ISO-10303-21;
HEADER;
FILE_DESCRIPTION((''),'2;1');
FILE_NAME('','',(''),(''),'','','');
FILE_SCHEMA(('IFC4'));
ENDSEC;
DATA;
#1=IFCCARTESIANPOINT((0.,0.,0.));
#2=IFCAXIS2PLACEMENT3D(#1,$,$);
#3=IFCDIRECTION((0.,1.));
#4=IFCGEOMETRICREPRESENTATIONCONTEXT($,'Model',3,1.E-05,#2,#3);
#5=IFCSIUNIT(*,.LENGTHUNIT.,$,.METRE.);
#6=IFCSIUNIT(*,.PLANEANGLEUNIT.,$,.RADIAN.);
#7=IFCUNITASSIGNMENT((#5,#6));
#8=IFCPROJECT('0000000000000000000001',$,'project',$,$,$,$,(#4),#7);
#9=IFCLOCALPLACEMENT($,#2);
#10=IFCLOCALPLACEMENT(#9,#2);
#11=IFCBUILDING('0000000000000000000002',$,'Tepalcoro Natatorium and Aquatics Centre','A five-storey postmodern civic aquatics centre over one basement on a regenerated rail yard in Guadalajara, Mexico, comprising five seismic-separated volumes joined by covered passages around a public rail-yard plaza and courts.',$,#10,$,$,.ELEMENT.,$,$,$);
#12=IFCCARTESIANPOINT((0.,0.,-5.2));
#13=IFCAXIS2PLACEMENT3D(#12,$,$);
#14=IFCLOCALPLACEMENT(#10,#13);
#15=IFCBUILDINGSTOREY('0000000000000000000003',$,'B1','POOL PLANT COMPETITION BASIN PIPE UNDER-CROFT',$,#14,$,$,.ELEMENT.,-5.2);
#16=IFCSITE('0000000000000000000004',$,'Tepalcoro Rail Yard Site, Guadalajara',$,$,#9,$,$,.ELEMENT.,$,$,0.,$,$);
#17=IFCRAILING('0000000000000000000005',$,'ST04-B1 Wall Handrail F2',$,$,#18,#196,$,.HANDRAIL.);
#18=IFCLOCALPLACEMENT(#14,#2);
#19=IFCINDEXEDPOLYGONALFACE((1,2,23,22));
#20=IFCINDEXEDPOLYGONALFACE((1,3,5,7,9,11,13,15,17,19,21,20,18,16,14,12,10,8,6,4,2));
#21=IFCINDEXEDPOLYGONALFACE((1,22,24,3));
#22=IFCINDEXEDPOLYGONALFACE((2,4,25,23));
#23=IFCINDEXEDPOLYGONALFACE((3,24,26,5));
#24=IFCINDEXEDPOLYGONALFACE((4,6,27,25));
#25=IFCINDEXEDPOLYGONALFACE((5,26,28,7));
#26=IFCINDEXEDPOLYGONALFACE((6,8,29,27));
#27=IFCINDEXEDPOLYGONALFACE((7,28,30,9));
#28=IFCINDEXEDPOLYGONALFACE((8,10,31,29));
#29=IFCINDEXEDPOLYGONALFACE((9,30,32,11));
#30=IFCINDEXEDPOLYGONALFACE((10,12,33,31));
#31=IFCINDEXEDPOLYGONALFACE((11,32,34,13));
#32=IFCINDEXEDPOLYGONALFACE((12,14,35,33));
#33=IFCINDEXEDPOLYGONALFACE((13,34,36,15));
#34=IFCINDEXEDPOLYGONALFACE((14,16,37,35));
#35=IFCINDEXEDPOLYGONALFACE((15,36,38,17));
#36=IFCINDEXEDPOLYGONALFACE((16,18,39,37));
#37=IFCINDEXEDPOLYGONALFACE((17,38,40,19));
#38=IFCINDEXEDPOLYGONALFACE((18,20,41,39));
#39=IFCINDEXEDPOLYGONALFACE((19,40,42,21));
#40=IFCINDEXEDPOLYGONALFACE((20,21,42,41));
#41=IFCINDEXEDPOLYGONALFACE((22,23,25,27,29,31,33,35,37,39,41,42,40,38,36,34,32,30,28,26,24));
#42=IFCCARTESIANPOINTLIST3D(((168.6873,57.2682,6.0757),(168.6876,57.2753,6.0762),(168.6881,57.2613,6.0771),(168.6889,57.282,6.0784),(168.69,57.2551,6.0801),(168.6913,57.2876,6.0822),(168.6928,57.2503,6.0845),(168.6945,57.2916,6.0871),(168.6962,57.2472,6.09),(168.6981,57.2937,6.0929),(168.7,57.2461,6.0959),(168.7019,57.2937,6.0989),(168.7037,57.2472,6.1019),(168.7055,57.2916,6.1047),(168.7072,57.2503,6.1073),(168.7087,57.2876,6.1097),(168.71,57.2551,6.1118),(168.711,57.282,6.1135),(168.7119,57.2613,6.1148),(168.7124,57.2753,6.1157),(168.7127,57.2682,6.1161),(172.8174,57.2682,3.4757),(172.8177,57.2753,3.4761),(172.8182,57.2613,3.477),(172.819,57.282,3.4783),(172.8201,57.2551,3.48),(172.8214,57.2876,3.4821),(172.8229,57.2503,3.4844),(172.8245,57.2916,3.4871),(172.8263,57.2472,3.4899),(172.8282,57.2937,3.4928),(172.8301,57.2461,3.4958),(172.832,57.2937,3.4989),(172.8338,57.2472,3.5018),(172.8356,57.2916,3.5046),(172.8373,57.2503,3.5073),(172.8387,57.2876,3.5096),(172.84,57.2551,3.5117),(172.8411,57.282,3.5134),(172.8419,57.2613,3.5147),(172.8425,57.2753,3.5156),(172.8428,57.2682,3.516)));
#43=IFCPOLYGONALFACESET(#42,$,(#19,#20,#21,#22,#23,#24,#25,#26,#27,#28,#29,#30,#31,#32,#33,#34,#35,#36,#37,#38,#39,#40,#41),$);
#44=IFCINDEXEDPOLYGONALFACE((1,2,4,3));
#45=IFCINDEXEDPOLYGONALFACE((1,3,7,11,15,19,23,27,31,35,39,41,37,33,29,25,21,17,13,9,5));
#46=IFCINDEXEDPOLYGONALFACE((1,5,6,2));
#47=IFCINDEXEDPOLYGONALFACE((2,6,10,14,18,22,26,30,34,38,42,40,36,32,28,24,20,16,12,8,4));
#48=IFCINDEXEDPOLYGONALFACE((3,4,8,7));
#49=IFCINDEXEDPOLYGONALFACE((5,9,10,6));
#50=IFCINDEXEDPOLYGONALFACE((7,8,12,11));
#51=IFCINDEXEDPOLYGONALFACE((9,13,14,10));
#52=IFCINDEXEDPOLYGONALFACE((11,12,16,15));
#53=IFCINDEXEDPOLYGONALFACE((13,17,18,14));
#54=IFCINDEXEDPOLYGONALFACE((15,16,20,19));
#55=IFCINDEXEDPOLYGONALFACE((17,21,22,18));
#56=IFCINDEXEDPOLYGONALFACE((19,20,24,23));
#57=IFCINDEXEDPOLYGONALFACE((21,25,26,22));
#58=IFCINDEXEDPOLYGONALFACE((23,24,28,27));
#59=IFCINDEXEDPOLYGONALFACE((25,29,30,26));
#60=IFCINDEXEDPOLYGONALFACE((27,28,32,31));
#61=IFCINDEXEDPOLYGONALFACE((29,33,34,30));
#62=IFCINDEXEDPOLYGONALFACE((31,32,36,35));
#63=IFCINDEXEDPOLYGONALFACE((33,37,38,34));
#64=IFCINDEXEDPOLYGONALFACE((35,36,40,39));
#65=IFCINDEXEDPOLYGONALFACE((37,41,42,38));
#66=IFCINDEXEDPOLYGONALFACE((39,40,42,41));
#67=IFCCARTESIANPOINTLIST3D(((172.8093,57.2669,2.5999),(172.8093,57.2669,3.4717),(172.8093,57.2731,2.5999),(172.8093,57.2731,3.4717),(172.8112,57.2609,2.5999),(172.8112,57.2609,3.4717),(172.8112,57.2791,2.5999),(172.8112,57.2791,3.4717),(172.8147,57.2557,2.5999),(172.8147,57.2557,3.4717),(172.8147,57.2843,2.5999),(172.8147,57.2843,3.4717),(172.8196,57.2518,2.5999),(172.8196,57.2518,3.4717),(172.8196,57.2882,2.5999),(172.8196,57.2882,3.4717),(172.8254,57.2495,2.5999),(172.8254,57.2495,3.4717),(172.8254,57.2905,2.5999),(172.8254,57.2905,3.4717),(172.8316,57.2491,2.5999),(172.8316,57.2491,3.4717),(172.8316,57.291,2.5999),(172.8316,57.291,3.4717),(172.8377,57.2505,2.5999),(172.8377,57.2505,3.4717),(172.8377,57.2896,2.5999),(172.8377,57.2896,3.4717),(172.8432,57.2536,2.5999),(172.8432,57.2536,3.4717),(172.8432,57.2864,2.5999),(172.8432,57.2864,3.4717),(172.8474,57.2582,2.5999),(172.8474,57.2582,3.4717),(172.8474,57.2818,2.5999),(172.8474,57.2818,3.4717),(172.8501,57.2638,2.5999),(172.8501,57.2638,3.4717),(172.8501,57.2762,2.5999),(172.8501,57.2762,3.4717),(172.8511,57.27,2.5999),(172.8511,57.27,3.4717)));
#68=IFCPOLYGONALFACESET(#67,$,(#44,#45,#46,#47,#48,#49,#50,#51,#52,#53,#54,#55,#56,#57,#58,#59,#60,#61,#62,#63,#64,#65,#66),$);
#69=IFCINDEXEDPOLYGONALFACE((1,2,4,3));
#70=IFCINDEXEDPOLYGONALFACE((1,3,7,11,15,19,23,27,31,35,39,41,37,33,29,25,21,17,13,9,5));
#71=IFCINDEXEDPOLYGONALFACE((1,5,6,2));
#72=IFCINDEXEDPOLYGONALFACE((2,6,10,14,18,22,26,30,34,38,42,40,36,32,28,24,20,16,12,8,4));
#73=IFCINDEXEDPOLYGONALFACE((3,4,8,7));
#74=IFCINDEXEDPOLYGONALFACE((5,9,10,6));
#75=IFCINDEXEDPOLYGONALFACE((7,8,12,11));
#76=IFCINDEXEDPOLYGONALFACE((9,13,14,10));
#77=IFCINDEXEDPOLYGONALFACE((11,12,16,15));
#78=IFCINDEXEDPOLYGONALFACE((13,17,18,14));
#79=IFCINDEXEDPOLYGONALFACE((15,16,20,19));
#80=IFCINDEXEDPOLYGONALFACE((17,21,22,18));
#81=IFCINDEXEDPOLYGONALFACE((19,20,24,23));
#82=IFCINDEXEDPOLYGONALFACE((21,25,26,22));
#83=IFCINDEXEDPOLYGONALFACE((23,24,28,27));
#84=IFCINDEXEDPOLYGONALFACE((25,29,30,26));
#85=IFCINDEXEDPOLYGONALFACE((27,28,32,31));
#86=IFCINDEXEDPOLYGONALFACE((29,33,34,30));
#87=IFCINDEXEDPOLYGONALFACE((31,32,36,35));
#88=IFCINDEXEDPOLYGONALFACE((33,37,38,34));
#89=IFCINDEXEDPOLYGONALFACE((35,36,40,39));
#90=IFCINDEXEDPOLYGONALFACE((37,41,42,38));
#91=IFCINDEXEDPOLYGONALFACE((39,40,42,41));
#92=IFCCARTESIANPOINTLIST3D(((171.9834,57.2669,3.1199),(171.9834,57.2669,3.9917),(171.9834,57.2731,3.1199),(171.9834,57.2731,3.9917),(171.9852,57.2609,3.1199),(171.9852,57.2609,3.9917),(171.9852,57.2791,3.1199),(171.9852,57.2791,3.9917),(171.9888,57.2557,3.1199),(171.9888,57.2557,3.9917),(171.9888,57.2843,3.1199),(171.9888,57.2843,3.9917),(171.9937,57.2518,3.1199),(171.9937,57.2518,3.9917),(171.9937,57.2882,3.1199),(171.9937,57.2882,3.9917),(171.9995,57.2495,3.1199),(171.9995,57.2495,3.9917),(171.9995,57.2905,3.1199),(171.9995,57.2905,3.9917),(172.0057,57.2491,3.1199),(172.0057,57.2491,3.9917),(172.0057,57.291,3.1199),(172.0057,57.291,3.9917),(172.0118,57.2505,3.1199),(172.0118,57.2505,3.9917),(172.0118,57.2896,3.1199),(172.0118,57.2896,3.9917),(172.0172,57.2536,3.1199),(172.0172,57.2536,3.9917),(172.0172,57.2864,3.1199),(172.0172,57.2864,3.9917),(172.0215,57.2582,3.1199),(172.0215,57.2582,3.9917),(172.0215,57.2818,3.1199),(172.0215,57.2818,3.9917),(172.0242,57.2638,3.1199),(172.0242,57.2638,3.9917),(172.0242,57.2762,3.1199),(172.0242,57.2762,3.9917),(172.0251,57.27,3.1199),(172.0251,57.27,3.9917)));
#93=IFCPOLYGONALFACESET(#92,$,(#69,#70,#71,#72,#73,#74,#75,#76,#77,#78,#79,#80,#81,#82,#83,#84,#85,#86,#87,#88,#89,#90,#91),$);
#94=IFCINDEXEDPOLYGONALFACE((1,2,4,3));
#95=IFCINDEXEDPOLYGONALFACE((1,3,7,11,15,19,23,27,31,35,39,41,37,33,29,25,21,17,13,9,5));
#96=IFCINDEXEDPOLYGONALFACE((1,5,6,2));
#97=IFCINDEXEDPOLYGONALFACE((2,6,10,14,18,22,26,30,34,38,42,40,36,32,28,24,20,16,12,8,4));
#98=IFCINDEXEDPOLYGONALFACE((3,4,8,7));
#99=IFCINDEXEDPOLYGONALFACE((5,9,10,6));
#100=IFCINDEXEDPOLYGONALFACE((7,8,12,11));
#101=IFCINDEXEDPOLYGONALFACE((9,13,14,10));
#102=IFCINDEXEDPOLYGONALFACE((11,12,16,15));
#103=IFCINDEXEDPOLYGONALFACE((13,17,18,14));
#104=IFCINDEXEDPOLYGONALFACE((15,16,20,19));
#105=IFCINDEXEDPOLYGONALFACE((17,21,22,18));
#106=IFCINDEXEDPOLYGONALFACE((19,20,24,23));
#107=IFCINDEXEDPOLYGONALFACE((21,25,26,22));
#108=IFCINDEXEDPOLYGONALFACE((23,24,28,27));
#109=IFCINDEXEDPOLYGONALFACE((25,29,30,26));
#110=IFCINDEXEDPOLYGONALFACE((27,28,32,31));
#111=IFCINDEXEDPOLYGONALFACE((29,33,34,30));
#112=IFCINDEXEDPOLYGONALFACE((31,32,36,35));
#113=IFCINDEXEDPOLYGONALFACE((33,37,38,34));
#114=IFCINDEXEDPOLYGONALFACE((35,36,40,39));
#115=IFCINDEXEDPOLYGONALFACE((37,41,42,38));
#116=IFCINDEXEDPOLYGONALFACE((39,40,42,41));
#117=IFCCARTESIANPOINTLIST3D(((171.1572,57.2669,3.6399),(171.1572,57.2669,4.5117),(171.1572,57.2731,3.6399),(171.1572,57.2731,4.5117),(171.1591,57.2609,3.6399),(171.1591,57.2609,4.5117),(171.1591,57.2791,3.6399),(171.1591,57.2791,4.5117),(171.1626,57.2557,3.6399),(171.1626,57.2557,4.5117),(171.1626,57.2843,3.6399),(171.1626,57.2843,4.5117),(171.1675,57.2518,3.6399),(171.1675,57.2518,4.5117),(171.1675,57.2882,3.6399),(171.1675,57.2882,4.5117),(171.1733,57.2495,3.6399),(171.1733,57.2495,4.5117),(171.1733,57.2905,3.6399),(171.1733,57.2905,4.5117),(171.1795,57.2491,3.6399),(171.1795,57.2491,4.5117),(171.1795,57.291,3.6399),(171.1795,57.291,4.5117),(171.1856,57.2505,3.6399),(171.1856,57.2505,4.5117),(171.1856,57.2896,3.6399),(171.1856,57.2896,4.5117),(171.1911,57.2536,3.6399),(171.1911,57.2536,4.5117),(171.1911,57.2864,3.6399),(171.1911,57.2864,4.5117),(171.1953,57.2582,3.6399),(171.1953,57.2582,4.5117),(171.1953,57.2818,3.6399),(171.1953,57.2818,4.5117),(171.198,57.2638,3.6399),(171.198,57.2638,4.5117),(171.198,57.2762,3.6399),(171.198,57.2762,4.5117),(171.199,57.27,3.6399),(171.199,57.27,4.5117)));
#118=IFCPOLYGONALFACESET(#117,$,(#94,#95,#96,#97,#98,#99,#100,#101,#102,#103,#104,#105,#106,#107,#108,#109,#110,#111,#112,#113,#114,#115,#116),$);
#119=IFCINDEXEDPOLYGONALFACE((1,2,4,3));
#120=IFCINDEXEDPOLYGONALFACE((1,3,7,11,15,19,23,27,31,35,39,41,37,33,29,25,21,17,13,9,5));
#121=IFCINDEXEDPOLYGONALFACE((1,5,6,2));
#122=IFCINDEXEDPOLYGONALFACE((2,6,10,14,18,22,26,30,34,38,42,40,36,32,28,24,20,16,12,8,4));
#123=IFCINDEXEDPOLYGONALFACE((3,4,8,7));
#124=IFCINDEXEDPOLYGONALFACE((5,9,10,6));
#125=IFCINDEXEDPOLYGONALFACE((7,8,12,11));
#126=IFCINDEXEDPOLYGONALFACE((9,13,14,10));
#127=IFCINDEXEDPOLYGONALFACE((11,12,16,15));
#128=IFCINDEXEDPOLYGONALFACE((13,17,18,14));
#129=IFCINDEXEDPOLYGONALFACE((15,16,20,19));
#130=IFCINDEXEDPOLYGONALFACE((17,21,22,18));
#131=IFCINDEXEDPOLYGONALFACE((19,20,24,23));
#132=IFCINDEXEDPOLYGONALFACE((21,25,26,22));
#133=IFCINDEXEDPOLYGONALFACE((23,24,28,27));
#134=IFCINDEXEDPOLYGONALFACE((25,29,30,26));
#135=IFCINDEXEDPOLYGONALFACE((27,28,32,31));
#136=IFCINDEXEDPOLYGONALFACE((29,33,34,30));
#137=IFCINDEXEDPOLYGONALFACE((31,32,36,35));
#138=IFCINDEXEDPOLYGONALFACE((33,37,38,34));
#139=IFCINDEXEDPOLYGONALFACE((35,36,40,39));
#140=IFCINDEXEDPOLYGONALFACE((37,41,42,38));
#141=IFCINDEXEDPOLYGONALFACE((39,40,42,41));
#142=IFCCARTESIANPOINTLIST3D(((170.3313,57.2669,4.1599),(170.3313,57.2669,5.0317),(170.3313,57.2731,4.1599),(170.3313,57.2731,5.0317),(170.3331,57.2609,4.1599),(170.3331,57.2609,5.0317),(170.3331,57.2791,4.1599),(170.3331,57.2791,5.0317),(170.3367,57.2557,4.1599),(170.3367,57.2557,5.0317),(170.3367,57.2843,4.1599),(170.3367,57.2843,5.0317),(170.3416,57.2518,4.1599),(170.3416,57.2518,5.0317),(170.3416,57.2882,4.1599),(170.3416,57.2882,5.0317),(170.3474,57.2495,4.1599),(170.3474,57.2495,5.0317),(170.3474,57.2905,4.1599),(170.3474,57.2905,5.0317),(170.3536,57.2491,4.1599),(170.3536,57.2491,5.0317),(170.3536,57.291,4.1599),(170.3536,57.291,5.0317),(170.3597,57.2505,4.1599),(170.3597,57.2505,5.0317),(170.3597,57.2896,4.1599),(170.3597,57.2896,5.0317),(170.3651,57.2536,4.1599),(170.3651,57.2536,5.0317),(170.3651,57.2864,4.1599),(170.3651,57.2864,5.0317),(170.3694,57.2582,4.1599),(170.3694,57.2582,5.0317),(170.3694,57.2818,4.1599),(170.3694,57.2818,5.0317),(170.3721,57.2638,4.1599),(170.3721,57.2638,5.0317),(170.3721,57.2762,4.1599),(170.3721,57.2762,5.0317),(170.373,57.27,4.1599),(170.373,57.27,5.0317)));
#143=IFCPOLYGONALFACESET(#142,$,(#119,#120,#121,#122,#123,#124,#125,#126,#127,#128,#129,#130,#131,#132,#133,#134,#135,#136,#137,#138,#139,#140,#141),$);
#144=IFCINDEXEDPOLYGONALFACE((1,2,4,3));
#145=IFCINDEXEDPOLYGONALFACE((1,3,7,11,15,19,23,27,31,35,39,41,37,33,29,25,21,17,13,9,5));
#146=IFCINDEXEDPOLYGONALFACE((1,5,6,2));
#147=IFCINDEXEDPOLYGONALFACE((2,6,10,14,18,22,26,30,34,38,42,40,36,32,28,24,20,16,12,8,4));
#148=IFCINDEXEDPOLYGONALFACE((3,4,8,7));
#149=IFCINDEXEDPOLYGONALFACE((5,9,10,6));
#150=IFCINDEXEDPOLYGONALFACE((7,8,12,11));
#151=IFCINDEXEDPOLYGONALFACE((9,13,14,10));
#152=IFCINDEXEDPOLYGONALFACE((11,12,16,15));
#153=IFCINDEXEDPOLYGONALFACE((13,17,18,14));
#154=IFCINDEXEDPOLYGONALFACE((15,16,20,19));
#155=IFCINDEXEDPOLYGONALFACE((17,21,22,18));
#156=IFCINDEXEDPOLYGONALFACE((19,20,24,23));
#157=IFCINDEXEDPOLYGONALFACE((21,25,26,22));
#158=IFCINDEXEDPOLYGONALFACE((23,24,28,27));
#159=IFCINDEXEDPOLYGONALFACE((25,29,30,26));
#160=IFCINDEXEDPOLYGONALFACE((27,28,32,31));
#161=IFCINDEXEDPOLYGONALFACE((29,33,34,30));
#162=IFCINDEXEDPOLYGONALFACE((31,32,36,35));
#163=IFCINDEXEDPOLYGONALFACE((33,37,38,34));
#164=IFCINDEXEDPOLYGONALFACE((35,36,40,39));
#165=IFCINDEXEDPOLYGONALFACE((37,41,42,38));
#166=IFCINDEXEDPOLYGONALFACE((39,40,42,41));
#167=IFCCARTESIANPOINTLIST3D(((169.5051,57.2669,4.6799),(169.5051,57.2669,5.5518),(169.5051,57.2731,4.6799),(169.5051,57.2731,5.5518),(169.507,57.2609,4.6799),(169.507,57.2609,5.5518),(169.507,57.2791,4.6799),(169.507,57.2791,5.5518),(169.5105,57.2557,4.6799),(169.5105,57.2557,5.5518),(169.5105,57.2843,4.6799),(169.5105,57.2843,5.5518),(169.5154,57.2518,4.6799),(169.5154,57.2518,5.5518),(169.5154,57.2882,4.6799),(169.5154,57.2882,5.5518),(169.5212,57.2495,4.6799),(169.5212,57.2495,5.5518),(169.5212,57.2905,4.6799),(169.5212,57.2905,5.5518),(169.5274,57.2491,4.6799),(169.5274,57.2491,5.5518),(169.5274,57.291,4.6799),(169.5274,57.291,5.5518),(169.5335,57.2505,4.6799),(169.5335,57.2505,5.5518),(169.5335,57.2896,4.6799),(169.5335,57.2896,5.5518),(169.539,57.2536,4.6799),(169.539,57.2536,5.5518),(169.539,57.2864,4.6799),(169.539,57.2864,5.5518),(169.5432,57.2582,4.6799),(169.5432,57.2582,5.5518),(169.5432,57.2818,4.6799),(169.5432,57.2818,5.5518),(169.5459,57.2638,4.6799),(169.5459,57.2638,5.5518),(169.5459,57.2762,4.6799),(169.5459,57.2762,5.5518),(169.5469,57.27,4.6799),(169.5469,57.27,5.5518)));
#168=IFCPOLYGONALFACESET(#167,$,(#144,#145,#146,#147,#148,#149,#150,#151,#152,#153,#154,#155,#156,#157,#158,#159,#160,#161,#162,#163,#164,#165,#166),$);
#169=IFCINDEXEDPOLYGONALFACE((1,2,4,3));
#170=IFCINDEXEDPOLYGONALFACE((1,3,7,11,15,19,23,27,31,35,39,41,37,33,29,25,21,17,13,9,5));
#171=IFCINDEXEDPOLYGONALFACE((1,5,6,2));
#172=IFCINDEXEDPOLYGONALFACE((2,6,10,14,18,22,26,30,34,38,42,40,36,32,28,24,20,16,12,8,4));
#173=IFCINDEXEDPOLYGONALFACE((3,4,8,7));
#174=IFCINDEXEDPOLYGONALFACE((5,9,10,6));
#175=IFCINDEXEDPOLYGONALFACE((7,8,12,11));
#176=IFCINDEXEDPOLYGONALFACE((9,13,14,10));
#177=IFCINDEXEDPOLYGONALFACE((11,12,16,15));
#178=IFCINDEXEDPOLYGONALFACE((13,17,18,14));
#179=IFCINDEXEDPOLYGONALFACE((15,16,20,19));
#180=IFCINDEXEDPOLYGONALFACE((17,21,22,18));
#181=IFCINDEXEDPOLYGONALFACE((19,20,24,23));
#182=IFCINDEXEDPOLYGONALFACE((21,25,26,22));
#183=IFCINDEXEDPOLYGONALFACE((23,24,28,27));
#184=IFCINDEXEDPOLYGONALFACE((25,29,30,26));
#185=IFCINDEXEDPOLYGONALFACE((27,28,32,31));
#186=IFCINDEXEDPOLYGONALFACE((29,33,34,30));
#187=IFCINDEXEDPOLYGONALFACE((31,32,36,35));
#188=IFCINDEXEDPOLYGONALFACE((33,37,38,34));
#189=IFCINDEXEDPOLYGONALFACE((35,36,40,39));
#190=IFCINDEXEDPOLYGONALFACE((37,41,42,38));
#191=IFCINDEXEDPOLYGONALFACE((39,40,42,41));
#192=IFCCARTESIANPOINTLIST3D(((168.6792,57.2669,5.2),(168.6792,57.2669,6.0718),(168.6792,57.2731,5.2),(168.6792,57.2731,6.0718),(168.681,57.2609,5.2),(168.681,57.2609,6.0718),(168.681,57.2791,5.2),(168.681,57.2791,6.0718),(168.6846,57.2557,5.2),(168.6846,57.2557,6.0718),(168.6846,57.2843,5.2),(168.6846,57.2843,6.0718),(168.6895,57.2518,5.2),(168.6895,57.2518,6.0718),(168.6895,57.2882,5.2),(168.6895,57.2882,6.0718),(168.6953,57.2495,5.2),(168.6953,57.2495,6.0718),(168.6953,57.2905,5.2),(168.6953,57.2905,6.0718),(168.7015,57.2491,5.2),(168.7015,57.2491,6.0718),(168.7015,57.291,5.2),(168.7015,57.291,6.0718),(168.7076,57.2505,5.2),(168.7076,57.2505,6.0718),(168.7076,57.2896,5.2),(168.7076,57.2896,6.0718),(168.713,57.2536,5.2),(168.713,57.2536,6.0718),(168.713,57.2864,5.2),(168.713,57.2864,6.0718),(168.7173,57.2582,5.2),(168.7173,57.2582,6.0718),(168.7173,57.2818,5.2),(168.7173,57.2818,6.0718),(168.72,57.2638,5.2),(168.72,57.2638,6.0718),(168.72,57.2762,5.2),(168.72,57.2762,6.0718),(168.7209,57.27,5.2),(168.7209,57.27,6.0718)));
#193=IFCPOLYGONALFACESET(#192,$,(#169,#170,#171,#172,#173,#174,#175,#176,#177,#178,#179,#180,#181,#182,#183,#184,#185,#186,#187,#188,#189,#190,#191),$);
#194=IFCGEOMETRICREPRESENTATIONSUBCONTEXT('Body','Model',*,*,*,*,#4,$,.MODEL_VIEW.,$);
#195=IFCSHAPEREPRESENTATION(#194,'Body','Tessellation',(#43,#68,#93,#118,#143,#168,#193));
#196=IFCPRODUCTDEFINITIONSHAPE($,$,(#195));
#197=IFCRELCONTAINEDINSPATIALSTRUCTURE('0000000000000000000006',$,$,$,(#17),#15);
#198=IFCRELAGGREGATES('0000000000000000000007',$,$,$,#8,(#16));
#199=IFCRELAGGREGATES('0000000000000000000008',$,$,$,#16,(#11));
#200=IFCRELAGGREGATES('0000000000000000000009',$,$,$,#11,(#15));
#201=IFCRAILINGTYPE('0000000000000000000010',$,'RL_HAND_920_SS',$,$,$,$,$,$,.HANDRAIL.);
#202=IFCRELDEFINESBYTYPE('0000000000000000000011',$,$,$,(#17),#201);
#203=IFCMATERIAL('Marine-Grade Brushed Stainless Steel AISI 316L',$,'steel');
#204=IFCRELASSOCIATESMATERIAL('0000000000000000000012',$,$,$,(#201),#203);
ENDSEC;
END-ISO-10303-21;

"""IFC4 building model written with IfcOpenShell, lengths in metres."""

from ifc_helpers import new_model, si_unit, direction, frame, origin, origin_2d, place, context, subcontext, project, spatial, circle, extrude, material, type_object, element, save


model = new_model("IFC4")

# Units and contexts
model_context = context("Model", 3, precision=1e-05, world=origin(), true_north=direction((0.0, 1.0)))
body_context = subcontext(model_context, "Body", "Model", "MODEL_VIEW")
ifc_project = project(units=[si_unit("LENGTHUNIT", "METRE"), si_unit("PLANEANGLEUNIT", "RADIAN")], contexts=[model_context])

# Site, building, storey
site_placement = place(None, origin())
site = spatial("IfcSite", under=ifc_project, at=site_placement, Name="Tepalcoro Rail Yard Site, Guadalajara", CompositionType="ELEMENT", RefElevation=0.0)
building_placement = place(site_placement, origin())
building = spatial("IfcBuilding", under=site, at=building_placement, Name="Tepalcoro Natatorium and Aquatics Centre", Description="A five-storey postmodern civic aquatics centre over one basement on a regenerated rail yard in Guadalajara, Mexico, comprising five seismic-separated volumes joined by covered passages around a public rail-yard plaza and courts.", CompositionType="ELEMENT")
storey_placement = place(building_placement, frame((0.0, 0.0, -5.2)))
storey = spatial("IfcBuildingStorey", under=building, at=storey_placement, Name="B1", Description="POOL PLANT COMPETITION BASIN PIPE UNDER-CROFT", CompositionType="ELEMENT", Elevation=-5.2)

# Railing
ifc_material_1 = material(Name="Marine-Grade Brushed Stainless Steel AISI 316L", Category="steel")
railing_type_1 = type_object("IfcRailingType", Name="RL_HAND_920_SS", PredefinedType="HANDRAIL", material=ifc_material_1)
railing_1_placement = place(storey_placement, frame((172.8301, 57.27, 2.5999)))
element("IfcRailing", 1, at=railing_1_placement, inside=storey, type_object=railing_type_1, Name="ST04-B1 Wall Handrail F2", PredefinedType="HANDRAIL", context=body_context, shape_type="SweptSolid", body=[
    extrude(circle(Radius=0.0239, at=origin_2d()), frame((0.0, 0.0, 0.896), z_axis=(-0.846265, 0.0, 0.532762), x_axis=(0.0, -1.0, 0.0)), (0.0, 0.0, 1.0), 4.8804),
    extrude(circle(Radius=0.021, at=origin_2d()), origin(), (0.0, 0.0, 1.0), 0.8718),
    extrude(circle(Radius=0.021, at=origin_2d()), frame((-0.8259, 0.0, 0.52)), (0.0, 0.0, 1.0), 0.8718),
    extrude(circle(Radius=0.021, at=origin_2d()), frame((-1.6521, 0.0, 1.04)), (0.0, 0.0, 1.0), 0.8718),
    extrude(circle(Radius=0.021, at=origin_2d()), frame((-2.478, 0.0, 1.5601)), (0.0, 0.0, 1.0), 0.8718),
    extrude(circle(Radius=0.021, at=origin_2d()), frame((-3.3042, 0.0, 2.0801)), (0.0, 0.0, 1.0), 0.8718),
    extrude(circle(Radius=0.021, at=origin_2d()), frame((-4.1301, 0.0, 2.6001)), (0.0, 0.0, 1.0), 0.8718),
])

save(model, "model.ifc")
